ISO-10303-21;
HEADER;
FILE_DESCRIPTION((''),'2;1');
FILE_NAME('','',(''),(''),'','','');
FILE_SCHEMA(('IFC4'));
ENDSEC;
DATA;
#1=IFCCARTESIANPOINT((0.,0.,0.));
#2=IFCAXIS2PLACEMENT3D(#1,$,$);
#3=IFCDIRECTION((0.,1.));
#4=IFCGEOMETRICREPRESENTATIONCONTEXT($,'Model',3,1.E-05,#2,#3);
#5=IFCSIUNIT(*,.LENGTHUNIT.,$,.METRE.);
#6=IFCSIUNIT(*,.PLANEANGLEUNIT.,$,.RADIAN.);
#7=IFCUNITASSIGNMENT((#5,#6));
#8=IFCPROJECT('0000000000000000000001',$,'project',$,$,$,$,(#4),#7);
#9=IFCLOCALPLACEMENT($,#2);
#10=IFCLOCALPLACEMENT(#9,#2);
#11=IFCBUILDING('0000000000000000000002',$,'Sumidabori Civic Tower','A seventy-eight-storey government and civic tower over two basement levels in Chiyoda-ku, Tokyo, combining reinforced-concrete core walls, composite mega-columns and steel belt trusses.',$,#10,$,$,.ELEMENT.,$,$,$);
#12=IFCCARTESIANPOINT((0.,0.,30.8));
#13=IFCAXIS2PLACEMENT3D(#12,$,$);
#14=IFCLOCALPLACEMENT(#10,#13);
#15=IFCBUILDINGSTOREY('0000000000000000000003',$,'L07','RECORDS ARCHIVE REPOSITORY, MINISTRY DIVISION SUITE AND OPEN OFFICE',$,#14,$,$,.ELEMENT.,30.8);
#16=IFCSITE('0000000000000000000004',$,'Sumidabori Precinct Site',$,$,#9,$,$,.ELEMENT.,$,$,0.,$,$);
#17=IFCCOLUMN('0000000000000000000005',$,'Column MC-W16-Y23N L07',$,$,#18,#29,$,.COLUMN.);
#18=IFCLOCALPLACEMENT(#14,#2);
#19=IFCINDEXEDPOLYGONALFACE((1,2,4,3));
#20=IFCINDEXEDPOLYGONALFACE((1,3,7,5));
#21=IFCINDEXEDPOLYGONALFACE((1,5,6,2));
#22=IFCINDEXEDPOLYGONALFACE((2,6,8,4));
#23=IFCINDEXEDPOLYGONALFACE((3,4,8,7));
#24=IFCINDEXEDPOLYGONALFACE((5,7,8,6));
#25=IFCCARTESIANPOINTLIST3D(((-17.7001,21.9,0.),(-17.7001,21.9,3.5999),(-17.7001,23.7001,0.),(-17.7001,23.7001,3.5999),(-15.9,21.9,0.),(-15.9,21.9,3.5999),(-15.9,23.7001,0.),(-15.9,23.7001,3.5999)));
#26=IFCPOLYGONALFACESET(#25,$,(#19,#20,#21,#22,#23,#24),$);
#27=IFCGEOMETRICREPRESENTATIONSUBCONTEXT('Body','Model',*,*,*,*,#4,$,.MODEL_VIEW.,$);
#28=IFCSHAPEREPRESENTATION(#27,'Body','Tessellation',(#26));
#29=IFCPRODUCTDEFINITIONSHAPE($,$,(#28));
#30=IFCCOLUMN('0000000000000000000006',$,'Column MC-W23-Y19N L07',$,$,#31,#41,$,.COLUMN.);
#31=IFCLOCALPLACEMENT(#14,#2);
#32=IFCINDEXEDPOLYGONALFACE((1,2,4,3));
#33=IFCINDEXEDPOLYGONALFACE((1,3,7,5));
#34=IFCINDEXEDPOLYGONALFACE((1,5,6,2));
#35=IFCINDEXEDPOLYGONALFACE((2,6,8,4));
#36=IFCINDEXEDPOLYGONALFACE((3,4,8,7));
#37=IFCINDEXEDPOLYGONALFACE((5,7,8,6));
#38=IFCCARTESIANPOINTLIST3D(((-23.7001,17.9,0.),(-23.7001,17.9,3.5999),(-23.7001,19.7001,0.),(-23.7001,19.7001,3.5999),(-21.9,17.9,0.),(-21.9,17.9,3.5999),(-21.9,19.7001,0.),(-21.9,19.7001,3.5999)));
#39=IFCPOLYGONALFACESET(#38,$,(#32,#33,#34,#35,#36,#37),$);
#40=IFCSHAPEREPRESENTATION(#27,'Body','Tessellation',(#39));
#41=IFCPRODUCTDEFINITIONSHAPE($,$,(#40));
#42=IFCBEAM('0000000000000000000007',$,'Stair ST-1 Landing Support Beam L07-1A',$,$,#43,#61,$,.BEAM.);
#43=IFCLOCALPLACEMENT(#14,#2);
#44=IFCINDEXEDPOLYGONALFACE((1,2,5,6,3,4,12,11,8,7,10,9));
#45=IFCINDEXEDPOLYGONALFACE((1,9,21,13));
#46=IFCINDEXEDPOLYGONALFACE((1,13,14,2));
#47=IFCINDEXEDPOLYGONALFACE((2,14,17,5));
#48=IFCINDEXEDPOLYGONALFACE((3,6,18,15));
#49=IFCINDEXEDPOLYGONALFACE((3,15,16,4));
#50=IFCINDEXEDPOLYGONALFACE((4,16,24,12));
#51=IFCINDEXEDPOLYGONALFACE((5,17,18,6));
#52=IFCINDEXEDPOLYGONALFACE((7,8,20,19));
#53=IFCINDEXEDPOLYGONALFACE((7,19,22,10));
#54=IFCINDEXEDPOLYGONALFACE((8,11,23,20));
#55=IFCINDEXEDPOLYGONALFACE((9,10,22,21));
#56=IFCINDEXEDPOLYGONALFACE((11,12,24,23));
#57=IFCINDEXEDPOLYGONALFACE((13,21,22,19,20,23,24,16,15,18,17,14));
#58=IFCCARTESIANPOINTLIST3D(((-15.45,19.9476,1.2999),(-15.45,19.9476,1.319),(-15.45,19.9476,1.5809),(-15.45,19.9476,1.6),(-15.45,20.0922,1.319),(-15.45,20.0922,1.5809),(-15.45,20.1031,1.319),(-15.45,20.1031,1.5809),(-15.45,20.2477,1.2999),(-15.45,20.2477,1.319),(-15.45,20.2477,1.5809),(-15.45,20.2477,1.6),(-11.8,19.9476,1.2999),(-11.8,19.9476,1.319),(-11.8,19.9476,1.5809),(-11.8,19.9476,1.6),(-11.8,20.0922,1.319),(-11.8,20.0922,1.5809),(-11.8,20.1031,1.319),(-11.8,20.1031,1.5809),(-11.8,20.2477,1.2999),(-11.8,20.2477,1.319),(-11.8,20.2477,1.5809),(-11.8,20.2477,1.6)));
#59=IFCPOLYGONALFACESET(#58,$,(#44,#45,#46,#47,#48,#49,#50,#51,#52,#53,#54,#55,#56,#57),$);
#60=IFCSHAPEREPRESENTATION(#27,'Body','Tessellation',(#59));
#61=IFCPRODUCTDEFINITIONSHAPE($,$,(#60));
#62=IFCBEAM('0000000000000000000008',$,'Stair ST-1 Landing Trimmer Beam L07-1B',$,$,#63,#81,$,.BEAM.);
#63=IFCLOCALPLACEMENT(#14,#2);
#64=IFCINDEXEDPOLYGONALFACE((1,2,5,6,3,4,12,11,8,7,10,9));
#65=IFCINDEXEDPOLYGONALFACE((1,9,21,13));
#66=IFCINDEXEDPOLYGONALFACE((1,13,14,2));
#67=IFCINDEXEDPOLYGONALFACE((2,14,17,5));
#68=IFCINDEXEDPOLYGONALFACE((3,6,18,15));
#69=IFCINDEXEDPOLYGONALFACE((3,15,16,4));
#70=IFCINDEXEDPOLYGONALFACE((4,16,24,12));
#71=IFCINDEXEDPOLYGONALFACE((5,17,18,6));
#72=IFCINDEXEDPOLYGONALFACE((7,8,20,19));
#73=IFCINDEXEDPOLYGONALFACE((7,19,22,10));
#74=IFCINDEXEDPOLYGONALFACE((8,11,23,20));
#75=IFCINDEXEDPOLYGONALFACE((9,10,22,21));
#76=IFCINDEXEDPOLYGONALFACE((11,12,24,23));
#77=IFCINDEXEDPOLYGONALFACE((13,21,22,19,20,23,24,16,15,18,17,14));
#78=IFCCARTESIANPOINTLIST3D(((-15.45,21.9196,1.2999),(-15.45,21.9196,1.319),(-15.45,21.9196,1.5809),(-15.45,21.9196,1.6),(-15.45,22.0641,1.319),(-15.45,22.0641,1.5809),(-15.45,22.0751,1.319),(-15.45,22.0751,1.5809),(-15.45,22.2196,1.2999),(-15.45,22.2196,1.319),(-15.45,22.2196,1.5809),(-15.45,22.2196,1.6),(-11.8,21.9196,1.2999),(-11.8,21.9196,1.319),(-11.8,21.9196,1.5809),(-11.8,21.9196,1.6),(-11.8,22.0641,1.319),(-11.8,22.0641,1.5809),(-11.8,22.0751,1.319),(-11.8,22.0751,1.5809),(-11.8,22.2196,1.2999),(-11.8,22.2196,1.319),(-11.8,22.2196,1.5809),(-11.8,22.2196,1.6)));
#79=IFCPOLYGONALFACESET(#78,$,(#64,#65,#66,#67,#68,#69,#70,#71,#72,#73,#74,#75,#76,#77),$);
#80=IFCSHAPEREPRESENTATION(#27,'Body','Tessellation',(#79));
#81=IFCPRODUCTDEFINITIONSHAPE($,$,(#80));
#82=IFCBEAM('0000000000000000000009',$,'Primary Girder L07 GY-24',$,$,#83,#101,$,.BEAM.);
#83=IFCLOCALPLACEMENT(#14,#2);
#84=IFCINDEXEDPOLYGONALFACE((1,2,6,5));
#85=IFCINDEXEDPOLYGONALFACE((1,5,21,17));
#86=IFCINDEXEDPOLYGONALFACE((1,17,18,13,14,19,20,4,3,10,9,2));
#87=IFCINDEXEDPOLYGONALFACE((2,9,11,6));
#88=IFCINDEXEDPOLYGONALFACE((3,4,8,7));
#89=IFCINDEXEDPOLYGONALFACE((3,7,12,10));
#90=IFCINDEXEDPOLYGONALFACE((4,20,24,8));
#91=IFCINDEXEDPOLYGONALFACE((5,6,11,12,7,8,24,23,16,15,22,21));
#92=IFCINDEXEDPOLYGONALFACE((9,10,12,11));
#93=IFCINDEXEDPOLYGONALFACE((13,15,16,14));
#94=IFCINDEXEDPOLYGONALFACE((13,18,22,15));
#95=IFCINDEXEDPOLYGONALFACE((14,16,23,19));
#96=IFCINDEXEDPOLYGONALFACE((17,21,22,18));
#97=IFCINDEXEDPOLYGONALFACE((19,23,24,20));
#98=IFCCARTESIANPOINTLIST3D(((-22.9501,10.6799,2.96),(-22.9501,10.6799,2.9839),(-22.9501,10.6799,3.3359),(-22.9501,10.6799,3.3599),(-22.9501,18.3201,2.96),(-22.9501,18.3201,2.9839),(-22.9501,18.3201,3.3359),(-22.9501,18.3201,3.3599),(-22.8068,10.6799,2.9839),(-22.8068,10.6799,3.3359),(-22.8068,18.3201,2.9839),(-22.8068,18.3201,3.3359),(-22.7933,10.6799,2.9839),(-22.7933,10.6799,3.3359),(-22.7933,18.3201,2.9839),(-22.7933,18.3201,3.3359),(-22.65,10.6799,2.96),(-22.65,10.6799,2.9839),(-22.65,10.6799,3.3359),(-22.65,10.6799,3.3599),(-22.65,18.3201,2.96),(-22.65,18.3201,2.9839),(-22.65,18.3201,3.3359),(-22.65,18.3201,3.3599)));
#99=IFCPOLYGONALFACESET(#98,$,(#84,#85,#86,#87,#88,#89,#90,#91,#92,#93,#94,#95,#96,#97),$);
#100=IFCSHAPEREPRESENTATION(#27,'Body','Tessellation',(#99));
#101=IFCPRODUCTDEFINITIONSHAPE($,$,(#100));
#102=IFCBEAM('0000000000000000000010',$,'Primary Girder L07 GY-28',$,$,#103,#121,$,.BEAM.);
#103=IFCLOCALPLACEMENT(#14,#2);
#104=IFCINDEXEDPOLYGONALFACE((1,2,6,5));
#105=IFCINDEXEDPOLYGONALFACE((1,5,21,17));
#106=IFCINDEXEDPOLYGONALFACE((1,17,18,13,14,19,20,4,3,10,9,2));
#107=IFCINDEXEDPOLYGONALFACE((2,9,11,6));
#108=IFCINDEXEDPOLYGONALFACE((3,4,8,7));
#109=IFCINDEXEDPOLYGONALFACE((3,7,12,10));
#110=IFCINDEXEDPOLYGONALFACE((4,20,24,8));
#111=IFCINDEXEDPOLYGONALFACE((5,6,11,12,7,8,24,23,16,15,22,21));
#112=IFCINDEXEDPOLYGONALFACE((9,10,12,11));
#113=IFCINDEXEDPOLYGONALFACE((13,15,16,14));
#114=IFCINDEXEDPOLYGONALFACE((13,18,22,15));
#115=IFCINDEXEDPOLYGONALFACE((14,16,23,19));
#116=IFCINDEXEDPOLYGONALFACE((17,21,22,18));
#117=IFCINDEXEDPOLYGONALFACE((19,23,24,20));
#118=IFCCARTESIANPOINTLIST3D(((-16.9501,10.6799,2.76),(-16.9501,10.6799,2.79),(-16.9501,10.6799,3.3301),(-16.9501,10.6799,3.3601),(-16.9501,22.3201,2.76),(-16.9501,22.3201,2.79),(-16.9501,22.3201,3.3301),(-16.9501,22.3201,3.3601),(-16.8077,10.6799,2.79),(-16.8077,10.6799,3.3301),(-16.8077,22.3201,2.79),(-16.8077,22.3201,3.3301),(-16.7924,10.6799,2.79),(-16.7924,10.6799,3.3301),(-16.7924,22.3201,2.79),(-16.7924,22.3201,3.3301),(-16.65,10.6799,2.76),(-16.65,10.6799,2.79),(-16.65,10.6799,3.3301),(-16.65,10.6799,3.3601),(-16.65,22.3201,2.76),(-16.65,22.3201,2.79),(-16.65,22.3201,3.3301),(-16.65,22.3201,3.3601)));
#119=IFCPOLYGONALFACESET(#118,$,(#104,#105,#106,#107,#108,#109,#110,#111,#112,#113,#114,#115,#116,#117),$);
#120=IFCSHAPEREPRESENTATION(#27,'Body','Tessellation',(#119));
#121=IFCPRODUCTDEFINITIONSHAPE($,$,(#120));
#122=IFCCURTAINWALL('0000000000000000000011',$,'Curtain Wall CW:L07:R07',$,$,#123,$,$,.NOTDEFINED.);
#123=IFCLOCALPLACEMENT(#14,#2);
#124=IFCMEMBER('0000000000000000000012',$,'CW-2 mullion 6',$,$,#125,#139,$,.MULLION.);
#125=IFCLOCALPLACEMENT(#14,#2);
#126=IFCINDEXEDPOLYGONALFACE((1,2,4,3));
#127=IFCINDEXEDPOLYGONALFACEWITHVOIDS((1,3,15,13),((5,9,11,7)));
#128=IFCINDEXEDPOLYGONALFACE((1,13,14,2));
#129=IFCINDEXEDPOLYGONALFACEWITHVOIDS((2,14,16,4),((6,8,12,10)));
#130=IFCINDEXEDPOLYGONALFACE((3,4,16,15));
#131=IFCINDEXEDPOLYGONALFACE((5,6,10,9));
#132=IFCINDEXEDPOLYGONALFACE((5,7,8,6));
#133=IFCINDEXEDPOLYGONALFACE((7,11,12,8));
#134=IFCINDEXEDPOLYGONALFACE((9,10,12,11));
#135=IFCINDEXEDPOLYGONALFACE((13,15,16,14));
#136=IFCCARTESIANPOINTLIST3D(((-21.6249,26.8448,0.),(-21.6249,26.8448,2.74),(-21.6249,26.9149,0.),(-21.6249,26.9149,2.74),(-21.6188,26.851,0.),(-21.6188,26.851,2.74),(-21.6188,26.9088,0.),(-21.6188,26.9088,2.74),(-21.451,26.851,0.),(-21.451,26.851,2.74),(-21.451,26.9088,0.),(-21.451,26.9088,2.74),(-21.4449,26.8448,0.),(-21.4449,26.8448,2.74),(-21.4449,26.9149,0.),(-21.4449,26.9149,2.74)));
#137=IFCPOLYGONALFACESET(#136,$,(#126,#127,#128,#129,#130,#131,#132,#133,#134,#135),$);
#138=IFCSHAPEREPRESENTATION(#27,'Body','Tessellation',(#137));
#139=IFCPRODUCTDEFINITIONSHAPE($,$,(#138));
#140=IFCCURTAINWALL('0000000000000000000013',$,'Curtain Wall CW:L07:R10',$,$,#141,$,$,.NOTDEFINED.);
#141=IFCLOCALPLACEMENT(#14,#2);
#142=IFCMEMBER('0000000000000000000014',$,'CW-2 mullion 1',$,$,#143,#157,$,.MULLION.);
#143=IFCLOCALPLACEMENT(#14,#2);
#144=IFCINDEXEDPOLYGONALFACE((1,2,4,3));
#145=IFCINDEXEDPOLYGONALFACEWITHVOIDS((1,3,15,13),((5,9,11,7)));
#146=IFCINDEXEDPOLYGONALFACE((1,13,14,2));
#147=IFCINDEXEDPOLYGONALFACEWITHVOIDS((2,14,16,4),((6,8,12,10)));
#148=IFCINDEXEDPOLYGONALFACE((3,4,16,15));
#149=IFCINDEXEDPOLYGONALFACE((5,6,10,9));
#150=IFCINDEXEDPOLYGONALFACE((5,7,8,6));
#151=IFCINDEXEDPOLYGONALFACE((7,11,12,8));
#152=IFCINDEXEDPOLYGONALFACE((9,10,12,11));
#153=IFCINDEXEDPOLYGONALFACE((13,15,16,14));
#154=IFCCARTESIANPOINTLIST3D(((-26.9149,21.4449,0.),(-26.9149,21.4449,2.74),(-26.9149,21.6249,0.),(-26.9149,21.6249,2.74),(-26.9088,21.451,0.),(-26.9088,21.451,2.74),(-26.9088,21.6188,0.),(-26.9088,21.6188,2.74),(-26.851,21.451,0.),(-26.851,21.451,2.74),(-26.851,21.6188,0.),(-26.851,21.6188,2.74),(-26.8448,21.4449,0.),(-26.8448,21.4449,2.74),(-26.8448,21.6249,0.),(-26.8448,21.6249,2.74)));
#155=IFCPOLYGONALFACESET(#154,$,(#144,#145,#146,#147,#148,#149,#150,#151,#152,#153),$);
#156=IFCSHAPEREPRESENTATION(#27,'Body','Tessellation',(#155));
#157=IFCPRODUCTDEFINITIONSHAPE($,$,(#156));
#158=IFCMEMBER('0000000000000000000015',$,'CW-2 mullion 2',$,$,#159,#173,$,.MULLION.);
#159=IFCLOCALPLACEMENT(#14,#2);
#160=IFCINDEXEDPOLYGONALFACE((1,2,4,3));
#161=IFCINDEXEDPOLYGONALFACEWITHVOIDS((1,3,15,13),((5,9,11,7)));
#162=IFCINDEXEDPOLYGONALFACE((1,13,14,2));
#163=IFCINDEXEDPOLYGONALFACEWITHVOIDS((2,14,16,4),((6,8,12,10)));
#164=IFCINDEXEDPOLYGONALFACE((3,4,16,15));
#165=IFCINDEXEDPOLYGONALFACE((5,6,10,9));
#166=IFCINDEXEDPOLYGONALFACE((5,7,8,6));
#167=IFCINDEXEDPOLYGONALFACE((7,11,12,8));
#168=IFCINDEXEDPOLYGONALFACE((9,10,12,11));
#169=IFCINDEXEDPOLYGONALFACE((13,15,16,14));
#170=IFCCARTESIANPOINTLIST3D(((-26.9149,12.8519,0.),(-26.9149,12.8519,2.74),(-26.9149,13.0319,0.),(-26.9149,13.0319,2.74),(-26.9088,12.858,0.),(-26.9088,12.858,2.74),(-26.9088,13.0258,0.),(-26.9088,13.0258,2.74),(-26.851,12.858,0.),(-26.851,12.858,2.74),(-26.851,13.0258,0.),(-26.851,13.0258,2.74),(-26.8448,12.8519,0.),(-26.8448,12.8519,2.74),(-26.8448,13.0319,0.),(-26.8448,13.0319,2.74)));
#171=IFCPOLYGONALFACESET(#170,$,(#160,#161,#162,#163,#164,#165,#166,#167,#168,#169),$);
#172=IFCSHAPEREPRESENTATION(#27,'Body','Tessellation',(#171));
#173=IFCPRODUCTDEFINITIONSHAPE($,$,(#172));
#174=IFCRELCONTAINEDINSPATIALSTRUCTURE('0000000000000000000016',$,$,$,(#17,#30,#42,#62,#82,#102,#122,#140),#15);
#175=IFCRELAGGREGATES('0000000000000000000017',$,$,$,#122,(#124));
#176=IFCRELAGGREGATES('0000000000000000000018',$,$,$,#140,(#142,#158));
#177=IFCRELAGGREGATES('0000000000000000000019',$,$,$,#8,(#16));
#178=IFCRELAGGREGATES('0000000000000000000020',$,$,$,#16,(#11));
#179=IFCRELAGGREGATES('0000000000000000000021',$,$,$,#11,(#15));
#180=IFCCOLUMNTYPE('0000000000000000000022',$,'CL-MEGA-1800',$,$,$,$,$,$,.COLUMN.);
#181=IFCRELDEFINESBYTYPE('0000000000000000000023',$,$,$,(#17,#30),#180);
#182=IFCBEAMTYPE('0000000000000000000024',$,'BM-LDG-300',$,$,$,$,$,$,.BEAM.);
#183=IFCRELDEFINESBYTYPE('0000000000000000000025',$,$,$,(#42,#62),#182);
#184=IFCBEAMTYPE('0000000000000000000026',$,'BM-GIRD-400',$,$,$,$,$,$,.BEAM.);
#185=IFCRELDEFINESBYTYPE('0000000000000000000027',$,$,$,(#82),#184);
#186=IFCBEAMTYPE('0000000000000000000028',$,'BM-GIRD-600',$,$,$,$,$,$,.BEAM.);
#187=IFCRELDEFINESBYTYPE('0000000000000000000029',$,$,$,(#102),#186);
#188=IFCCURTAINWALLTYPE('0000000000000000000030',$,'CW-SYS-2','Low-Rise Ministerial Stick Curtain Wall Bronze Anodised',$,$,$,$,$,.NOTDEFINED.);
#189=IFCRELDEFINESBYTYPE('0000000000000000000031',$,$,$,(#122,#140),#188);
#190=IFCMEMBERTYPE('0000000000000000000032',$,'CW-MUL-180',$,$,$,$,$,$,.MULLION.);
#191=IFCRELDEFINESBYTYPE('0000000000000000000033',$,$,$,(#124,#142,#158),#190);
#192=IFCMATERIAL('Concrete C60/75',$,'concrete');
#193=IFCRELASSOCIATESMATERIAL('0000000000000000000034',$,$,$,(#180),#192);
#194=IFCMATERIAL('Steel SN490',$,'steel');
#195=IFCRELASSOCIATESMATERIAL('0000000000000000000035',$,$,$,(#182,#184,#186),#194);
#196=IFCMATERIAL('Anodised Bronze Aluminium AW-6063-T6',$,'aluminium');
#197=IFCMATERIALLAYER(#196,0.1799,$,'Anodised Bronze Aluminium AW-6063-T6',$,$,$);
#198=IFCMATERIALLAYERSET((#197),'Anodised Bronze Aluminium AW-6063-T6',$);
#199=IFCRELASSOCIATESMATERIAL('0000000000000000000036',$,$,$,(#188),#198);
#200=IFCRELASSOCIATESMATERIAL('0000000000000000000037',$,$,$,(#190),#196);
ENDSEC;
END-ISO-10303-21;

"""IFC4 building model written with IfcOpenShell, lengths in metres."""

from ifc_helpers import new_model, si_unit, direction, frame, origin, origin_2d, place, context, subcontext, project, spatial, rectangle, hollow_rectangle, i_section, extrude, source, transform, mapped, material, layer, layer_set, material_profile, profile_set, type_object, element, aggregate, save


model = new_model("IFC4")

# Units and contexts
model_context = context("Model", 3, precision=1e-05, world=origin(), true_north=direction((0.0, 1.0)))
body_context = subcontext(model_context, "Body", "Model", "MODEL_VIEW")
ifc_project = project(units=[si_unit("LENGTHUNIT", "METRE"), si_unit("PLANEANGLEUNIT", "RADIAN")], contexts=[model_context])

# Site, building, storey
site_placement = place(None, origin())
site = spatial("IfcSite", under=ifc_project, at=site_placement, Name="Sumidabori Precinct Site", CompositionType="ELEMENT", RefElevation=0.0)
building_placement = place(site_placement, origin())
building = spatial("IfcBuilding", under=site, at=building_placement, Name="Sumidabori Civic Tower", Description="A seventy-eight-storey government and civic tower over two basement levels in Chiyoda-ku, Tokyo, combining reinforced-concrete core walls, composite mega-columns and steel belt trusses.", CompositionType="ELEMENT")
storey_placement = place(building_placement, frame((0.0, 0.0, 30.8)))
storey = spatial("IfcBuildingStorey", under=building, at=storey_placement, Name="L07", Description="RECORDS ARCHIVE REPOSITORY, MINISTRY DIVISION SUITE AND OPEN OFFICE", CompositionType="ELEMENT", Elevation=30.8)

# Columns
ifc_material_1 = material(Name="Concrete C60/75", Category="concrete")
ifc_material_profile_1 = material_profile(ifc_material_1, rectangle(XDim=1.8, YDim=1.8, at=origin_2d()), Name="RC 1800x1800")
ifc_profile_set_1 = profile_set([ifc_material_profile_1], Name="Concrete C60/75")
column_type = type_object("IfcColumnType", Name="CL-MEGA-1800", PredefinedType="COLUMN", material=ifc_profile_set_1)
shared_shape_1 = source(origin(), body_context, "Body", "SweptSolid", [
    extrude(rectangle(XDim=1.8, YDim=1.8, at=origin_2d()), origin(), (0.0, 0.0, 1.0), 3.5999),
])
for number, where, z_axis, x_axis, name in (
    (1, (-16.8, 22.8, 0.0), (0.0, 0.0, 1.0), (1.0, 0.0, 0.0), "Column MC-W16-Y23N L07"),
    (2, (-22.8, 18.8, 0.0), (0.0, 0.0, 1.0), (1.0, 0.0, 0.0), "Column MC-W23-Y19N L07"),
):
    element("IfcColumn", number, at=place(storey_placement, frame(where, z_axis=z_axis, x_axis=x_axis)), inside=storey, type_object=column_type, Name=name, PredefinedType="COLUMN", context=body_context, shape_type="MappedRepresentation", body=[
        mapped(shared_shape_1, transform((0.0, 0.0, 0.0), x_axis=(1.0, 0.0, 0.0), y_axis=(0.0, 1.0, 0.0), z_axis=(0.0, 0.0, 1.0), scale=1.0)),
    ])

# Beams
ifc_material_2 = material(Name="Steel SN490", Category="steel")
ifc_material_profile_2 = material_profile(ifc_material_2, i_section(OverallWidth=0.3, OverallDepth=0.3, WebThickness=0.011, FlangeThickness=0.019, at=origin_2d()), Name="HE 300 B")
ifc_profile_set_2 = profile_set([ifc_material_profile_2], Name="Steel SN490")
beam_type_1 = type_object("IfcBeamType", Name="BM-LDG-300", PredefinedType="BEAM", material=ifc_profile_set_2)
shared_shape_2 = source(origin(), body_context, "Body", "SweptSolid", [
    extrude(i_section(OverallWidth=0.3, OverallDepth=0.3, WebThickness=0.011, FlangeThickness=0.019, at=origin_2d()), origin(), (0.0, 0.0, 1.0), 3.6499),
])
for number, where, z_axis, x_axis, name in (
    (3, (-15.45, 20.0977, 1.45), (1.0, 0.0, 0.0), (0.0, 1.0, 0.0), "Stair ST-1 Landing Support Beam L07-1A"),
    (4, (-15.45, 22.0696, 1.45), (1.0, 0.0, 0.0), (0.0, 1.0, 0.0), "Stair ST-1 Landing Trimmer Beam L07-1B"),
):
    element("IfcBeam", number, at=place(storey_placement, frame(where, z_axis=z_axis, x_axis=x_axis)), inside=storey, type_object=beam_type_1, Name=name, PredefinedType="BEAM", context=body_context, shape_type="MappedRepresentation", body=[
        mapped(shared_shape_2, transform((0.0, 0.0, 0.0), x_axis=(1.0, 0.0, 0.0), y_axis=(0.0, 1.0, 0.0), z_axis=(0.0, 0.0, 1.0), scale=1.0)),
    ])
ifc_material_profile_3 = material_profile(ifc_material_2, i_section(OverallWidth=0.3, OverallDepth=0.3999, WebThickness=0.0134, FlangeThickness=0.0239, at=origin_2d()), Name="HE 400 B")
ifc_profile_set_3 = profile_set([ifc_material_profile_3], Name="Steel SN490")
beam_type_2 = type_object("IfcBeamType", Name="BM-GIRD-400", PredefinedType="BEAM", material=ifc_profile_set_3)
shared_shape_3 = source(origin(), body_context, "Body", "SweptSolid", [
    extrude(i_section(OverallWidth=0.3, OverallDepth=0.3999, WebThickness=0.0134, FlangeThickness=0.0239, at=origin_2d()), origin(), (0.0, 0.0, 1.0), 7.6401),
])
beam_1_placement = place(storey_placement, frame((-22.8, 10.6799, 3.1599), z_axis=(0.0, 1.0, 0.0), x_axis=(-1.0, 0.0, 0.0)))
element("IfcBeam", 5, at=beam_1_placement, inside=storey, type_object=beam_type_2, Name="Primary Girder L07 GY-24", PredefinedType="BEAM", context=body_context, shape_type="MappedRepresentation", body=[
    mapped(shared_shape_3, transform((0.0, 0.0, 0.0), x_axis=(1.0, 0.0, 0.0), y_axis=(0.0, 1.0, 0.0), z_axis=(0.0, 0.0, 1.0), scale=1.0)),
])
ifc_material_profile_4 = material_profile(ifc_material_2, i_section(OverallWidth=0.3, OverallDepth=0.6001, WebThickness=0.0154, FlangeThickness=0.03, at=origin_2d()), Name="HE 600 B")
ifc_profile_set_4 = profile_set([ifc_material_profile_4], Name="Steel SN490")
beam_type_3 = type_object("IfcBeamType", Name="BM-GIRD-600", PredefinedType="BEAM", material=ifc_profile_set_4)
shared_shape_4 = source(origin(), body_context, "Body", "SweptSolid", [
    extrude(i_section(OverallWidth=0.3, OverallDepth=0.6001, WebThickness=0.0154, FlangeThickness=0.03, at=origin_2d()), origin(), (0.0, 0.0, 1.0), 11.6401),
])
beam_2_placement = place(storey_placement, frame((-16.8, 10.6799, 3.0601), z_axis=(0.0, 1.0, 0.0), x_axis=(-1.0, 0.0, 0.0)))
element("IfcBeam", 6, at=beam_2_placement, inside=storey, type_object=beam_type_3, Name="Primary Girder L07 GY-28", PredefinedType="BEAM", context=body_context, shape_type="MappedRepresentation", body=[
    mapped(shared_shape_4, transform((0.0, 0.0, 0.0), x_axis=(1.0, 0.0, 0.0), y_axis=(0.0, 1.0, 0.0), z_axis=(0.0, 0.0, 1.0), scale=1.0)),
])

# Curtain wall, member
ifc_material_3 = material(Name="Anodised Bronze Aluminium AW-6063-T6", Category="aluminium")
ifc_layer_1 = layer(ifc_material_3, 0.1799, Name="Anodised Bronze Aluminium AW-6063-T6")
ifc_layer_set_1 = layer_set([ifc_layer_1], Name="Anodised Bronze Aluminium AW-6063-T6")
curtain_wall_type = type_object("IfcCurtainWallType", Name="CW-SYS-2", Description="Low-Rise Ministerial Stick Curtain Wall Bronze Anodised", PredefinedType="NOTDEFINED", material=ifc_layer_set_1)
curtain_wall_1_placement = place(storey_placement, origin())
curtain_wall_1 = element("IfcCurtainWall", 7, at=curtain_wall_1_placement, inside=storey, type_object=curtain_wall_type, Name="Curtain Wall CW:L07:R07", PredefinedType="NOTDEFINED")
ifc_material_profile_5 = material_profile(ifc_material_3, hollow_rectangle(XDim=0.0701, YDim=0.1799, WallThickness=0.0061, at=origin_2d()), Name="ALU MULLION 180x70")
ifc_profile_set_5 = profile_set([ifc_material_profile_5], Name="Anodised Bronze Aluminium AW-6063-T6")
member_type_1 = type_object("IfcMemberType", Name="CW-MUL-180", PredefinedType="MULLION", material=ifc_profile_set_5)
shared_shape_5 = source(origin(), body_context, "Body", "SweptSolid", [
    extrude(hollow_rectangle(XDim=0.0701, YDim=0.1799, WallThickness=0.0061, at=origin_2d()), origin(), (0.0, 0.0, 1.0), 2.74),
])
member_1_placement = place(storey_placement, frame((-21.5349, 26.8799, 0.0), z_axis=(0.0, 0.0, 1.0), x_axis=(0.0, -1.0, 0.0)))
member_1 = element("IfcMember", 8, at=member_1_placement, type_object=member_type_1, Name="CW-2 mullion 6", PredefinedType="MULLION", context=body_context, shape_type="MappedRepresentation", body=[
    mapped(shared_shape_5, transform((0.0, 0.0, 0.0), x_axis=(1.0, 0.0, 0.0), y_axis=(0.0, 1.0, 0.0), z_axis=(0.0, 0.0, 1.0), scale=1.0)),
])

# Curtain wall, members
curtain_wall_2_placement = place(storey_placement, origin())
curtain_wall_2 = element("IfcCurtainWall", 9, at=curtain_wall_2_placement, inside=storey, type_object=curtain_wall_type, Name="Curtain Wall CW:L07:R10", PredefinedType="NOTDEFINED")
member_2_placement = place(storey_placement, frame((-26.8799, 21.5349, 0.0), z_axis=(0.0, 0.0, 1.0), x_axis=(1.0, 0.0, 0.0)))
member_2 = element("IfcMember", 10, at=member_2_placement, type_object=member_type_1, Name="CW-2 mullion 1", PredefinedType="MULLION", context=body_context, shape_type="MappedRepresentation", body=[
    mapped(shared_shape_5, transform((0.0, 0.0, 0.0), x_axis=(1.0, 0.0, 0.0), y_axis=(0.0, 1.0, 0.0), z_axis=(0.0, 0.0, 1.0), scale=1.0)),
])
member_3_placement = place(storey_placement, frame((-26.8799, 12.9419, 0.0), z_axis=(0.0, 0.0, 1.0), x_axis=(1.0, 0.0, 0.0)))
member_3 = element("IfcMember", 11, at=member_3_placement, type_object=member_type_1, Name="CW-2 mullion 2", PredefinedType="MULLION", context=body_context, shape_type="MappedRepresentation", body=[
    mapped(shared_shape_5, transform((0.0, 0.0, 0.0), x_axis=(1.0, 0.0, 0.0), y_axis=(0.0, 1.0, 0.0), z_axis=(0.0, 0.0, 1.0), scale=1.0)),
])

aggregate(curtain_wall_1, [member_1])
aggregate(curtain_wall_2, [member_2, member_3])

save(model, "model.ifc")
